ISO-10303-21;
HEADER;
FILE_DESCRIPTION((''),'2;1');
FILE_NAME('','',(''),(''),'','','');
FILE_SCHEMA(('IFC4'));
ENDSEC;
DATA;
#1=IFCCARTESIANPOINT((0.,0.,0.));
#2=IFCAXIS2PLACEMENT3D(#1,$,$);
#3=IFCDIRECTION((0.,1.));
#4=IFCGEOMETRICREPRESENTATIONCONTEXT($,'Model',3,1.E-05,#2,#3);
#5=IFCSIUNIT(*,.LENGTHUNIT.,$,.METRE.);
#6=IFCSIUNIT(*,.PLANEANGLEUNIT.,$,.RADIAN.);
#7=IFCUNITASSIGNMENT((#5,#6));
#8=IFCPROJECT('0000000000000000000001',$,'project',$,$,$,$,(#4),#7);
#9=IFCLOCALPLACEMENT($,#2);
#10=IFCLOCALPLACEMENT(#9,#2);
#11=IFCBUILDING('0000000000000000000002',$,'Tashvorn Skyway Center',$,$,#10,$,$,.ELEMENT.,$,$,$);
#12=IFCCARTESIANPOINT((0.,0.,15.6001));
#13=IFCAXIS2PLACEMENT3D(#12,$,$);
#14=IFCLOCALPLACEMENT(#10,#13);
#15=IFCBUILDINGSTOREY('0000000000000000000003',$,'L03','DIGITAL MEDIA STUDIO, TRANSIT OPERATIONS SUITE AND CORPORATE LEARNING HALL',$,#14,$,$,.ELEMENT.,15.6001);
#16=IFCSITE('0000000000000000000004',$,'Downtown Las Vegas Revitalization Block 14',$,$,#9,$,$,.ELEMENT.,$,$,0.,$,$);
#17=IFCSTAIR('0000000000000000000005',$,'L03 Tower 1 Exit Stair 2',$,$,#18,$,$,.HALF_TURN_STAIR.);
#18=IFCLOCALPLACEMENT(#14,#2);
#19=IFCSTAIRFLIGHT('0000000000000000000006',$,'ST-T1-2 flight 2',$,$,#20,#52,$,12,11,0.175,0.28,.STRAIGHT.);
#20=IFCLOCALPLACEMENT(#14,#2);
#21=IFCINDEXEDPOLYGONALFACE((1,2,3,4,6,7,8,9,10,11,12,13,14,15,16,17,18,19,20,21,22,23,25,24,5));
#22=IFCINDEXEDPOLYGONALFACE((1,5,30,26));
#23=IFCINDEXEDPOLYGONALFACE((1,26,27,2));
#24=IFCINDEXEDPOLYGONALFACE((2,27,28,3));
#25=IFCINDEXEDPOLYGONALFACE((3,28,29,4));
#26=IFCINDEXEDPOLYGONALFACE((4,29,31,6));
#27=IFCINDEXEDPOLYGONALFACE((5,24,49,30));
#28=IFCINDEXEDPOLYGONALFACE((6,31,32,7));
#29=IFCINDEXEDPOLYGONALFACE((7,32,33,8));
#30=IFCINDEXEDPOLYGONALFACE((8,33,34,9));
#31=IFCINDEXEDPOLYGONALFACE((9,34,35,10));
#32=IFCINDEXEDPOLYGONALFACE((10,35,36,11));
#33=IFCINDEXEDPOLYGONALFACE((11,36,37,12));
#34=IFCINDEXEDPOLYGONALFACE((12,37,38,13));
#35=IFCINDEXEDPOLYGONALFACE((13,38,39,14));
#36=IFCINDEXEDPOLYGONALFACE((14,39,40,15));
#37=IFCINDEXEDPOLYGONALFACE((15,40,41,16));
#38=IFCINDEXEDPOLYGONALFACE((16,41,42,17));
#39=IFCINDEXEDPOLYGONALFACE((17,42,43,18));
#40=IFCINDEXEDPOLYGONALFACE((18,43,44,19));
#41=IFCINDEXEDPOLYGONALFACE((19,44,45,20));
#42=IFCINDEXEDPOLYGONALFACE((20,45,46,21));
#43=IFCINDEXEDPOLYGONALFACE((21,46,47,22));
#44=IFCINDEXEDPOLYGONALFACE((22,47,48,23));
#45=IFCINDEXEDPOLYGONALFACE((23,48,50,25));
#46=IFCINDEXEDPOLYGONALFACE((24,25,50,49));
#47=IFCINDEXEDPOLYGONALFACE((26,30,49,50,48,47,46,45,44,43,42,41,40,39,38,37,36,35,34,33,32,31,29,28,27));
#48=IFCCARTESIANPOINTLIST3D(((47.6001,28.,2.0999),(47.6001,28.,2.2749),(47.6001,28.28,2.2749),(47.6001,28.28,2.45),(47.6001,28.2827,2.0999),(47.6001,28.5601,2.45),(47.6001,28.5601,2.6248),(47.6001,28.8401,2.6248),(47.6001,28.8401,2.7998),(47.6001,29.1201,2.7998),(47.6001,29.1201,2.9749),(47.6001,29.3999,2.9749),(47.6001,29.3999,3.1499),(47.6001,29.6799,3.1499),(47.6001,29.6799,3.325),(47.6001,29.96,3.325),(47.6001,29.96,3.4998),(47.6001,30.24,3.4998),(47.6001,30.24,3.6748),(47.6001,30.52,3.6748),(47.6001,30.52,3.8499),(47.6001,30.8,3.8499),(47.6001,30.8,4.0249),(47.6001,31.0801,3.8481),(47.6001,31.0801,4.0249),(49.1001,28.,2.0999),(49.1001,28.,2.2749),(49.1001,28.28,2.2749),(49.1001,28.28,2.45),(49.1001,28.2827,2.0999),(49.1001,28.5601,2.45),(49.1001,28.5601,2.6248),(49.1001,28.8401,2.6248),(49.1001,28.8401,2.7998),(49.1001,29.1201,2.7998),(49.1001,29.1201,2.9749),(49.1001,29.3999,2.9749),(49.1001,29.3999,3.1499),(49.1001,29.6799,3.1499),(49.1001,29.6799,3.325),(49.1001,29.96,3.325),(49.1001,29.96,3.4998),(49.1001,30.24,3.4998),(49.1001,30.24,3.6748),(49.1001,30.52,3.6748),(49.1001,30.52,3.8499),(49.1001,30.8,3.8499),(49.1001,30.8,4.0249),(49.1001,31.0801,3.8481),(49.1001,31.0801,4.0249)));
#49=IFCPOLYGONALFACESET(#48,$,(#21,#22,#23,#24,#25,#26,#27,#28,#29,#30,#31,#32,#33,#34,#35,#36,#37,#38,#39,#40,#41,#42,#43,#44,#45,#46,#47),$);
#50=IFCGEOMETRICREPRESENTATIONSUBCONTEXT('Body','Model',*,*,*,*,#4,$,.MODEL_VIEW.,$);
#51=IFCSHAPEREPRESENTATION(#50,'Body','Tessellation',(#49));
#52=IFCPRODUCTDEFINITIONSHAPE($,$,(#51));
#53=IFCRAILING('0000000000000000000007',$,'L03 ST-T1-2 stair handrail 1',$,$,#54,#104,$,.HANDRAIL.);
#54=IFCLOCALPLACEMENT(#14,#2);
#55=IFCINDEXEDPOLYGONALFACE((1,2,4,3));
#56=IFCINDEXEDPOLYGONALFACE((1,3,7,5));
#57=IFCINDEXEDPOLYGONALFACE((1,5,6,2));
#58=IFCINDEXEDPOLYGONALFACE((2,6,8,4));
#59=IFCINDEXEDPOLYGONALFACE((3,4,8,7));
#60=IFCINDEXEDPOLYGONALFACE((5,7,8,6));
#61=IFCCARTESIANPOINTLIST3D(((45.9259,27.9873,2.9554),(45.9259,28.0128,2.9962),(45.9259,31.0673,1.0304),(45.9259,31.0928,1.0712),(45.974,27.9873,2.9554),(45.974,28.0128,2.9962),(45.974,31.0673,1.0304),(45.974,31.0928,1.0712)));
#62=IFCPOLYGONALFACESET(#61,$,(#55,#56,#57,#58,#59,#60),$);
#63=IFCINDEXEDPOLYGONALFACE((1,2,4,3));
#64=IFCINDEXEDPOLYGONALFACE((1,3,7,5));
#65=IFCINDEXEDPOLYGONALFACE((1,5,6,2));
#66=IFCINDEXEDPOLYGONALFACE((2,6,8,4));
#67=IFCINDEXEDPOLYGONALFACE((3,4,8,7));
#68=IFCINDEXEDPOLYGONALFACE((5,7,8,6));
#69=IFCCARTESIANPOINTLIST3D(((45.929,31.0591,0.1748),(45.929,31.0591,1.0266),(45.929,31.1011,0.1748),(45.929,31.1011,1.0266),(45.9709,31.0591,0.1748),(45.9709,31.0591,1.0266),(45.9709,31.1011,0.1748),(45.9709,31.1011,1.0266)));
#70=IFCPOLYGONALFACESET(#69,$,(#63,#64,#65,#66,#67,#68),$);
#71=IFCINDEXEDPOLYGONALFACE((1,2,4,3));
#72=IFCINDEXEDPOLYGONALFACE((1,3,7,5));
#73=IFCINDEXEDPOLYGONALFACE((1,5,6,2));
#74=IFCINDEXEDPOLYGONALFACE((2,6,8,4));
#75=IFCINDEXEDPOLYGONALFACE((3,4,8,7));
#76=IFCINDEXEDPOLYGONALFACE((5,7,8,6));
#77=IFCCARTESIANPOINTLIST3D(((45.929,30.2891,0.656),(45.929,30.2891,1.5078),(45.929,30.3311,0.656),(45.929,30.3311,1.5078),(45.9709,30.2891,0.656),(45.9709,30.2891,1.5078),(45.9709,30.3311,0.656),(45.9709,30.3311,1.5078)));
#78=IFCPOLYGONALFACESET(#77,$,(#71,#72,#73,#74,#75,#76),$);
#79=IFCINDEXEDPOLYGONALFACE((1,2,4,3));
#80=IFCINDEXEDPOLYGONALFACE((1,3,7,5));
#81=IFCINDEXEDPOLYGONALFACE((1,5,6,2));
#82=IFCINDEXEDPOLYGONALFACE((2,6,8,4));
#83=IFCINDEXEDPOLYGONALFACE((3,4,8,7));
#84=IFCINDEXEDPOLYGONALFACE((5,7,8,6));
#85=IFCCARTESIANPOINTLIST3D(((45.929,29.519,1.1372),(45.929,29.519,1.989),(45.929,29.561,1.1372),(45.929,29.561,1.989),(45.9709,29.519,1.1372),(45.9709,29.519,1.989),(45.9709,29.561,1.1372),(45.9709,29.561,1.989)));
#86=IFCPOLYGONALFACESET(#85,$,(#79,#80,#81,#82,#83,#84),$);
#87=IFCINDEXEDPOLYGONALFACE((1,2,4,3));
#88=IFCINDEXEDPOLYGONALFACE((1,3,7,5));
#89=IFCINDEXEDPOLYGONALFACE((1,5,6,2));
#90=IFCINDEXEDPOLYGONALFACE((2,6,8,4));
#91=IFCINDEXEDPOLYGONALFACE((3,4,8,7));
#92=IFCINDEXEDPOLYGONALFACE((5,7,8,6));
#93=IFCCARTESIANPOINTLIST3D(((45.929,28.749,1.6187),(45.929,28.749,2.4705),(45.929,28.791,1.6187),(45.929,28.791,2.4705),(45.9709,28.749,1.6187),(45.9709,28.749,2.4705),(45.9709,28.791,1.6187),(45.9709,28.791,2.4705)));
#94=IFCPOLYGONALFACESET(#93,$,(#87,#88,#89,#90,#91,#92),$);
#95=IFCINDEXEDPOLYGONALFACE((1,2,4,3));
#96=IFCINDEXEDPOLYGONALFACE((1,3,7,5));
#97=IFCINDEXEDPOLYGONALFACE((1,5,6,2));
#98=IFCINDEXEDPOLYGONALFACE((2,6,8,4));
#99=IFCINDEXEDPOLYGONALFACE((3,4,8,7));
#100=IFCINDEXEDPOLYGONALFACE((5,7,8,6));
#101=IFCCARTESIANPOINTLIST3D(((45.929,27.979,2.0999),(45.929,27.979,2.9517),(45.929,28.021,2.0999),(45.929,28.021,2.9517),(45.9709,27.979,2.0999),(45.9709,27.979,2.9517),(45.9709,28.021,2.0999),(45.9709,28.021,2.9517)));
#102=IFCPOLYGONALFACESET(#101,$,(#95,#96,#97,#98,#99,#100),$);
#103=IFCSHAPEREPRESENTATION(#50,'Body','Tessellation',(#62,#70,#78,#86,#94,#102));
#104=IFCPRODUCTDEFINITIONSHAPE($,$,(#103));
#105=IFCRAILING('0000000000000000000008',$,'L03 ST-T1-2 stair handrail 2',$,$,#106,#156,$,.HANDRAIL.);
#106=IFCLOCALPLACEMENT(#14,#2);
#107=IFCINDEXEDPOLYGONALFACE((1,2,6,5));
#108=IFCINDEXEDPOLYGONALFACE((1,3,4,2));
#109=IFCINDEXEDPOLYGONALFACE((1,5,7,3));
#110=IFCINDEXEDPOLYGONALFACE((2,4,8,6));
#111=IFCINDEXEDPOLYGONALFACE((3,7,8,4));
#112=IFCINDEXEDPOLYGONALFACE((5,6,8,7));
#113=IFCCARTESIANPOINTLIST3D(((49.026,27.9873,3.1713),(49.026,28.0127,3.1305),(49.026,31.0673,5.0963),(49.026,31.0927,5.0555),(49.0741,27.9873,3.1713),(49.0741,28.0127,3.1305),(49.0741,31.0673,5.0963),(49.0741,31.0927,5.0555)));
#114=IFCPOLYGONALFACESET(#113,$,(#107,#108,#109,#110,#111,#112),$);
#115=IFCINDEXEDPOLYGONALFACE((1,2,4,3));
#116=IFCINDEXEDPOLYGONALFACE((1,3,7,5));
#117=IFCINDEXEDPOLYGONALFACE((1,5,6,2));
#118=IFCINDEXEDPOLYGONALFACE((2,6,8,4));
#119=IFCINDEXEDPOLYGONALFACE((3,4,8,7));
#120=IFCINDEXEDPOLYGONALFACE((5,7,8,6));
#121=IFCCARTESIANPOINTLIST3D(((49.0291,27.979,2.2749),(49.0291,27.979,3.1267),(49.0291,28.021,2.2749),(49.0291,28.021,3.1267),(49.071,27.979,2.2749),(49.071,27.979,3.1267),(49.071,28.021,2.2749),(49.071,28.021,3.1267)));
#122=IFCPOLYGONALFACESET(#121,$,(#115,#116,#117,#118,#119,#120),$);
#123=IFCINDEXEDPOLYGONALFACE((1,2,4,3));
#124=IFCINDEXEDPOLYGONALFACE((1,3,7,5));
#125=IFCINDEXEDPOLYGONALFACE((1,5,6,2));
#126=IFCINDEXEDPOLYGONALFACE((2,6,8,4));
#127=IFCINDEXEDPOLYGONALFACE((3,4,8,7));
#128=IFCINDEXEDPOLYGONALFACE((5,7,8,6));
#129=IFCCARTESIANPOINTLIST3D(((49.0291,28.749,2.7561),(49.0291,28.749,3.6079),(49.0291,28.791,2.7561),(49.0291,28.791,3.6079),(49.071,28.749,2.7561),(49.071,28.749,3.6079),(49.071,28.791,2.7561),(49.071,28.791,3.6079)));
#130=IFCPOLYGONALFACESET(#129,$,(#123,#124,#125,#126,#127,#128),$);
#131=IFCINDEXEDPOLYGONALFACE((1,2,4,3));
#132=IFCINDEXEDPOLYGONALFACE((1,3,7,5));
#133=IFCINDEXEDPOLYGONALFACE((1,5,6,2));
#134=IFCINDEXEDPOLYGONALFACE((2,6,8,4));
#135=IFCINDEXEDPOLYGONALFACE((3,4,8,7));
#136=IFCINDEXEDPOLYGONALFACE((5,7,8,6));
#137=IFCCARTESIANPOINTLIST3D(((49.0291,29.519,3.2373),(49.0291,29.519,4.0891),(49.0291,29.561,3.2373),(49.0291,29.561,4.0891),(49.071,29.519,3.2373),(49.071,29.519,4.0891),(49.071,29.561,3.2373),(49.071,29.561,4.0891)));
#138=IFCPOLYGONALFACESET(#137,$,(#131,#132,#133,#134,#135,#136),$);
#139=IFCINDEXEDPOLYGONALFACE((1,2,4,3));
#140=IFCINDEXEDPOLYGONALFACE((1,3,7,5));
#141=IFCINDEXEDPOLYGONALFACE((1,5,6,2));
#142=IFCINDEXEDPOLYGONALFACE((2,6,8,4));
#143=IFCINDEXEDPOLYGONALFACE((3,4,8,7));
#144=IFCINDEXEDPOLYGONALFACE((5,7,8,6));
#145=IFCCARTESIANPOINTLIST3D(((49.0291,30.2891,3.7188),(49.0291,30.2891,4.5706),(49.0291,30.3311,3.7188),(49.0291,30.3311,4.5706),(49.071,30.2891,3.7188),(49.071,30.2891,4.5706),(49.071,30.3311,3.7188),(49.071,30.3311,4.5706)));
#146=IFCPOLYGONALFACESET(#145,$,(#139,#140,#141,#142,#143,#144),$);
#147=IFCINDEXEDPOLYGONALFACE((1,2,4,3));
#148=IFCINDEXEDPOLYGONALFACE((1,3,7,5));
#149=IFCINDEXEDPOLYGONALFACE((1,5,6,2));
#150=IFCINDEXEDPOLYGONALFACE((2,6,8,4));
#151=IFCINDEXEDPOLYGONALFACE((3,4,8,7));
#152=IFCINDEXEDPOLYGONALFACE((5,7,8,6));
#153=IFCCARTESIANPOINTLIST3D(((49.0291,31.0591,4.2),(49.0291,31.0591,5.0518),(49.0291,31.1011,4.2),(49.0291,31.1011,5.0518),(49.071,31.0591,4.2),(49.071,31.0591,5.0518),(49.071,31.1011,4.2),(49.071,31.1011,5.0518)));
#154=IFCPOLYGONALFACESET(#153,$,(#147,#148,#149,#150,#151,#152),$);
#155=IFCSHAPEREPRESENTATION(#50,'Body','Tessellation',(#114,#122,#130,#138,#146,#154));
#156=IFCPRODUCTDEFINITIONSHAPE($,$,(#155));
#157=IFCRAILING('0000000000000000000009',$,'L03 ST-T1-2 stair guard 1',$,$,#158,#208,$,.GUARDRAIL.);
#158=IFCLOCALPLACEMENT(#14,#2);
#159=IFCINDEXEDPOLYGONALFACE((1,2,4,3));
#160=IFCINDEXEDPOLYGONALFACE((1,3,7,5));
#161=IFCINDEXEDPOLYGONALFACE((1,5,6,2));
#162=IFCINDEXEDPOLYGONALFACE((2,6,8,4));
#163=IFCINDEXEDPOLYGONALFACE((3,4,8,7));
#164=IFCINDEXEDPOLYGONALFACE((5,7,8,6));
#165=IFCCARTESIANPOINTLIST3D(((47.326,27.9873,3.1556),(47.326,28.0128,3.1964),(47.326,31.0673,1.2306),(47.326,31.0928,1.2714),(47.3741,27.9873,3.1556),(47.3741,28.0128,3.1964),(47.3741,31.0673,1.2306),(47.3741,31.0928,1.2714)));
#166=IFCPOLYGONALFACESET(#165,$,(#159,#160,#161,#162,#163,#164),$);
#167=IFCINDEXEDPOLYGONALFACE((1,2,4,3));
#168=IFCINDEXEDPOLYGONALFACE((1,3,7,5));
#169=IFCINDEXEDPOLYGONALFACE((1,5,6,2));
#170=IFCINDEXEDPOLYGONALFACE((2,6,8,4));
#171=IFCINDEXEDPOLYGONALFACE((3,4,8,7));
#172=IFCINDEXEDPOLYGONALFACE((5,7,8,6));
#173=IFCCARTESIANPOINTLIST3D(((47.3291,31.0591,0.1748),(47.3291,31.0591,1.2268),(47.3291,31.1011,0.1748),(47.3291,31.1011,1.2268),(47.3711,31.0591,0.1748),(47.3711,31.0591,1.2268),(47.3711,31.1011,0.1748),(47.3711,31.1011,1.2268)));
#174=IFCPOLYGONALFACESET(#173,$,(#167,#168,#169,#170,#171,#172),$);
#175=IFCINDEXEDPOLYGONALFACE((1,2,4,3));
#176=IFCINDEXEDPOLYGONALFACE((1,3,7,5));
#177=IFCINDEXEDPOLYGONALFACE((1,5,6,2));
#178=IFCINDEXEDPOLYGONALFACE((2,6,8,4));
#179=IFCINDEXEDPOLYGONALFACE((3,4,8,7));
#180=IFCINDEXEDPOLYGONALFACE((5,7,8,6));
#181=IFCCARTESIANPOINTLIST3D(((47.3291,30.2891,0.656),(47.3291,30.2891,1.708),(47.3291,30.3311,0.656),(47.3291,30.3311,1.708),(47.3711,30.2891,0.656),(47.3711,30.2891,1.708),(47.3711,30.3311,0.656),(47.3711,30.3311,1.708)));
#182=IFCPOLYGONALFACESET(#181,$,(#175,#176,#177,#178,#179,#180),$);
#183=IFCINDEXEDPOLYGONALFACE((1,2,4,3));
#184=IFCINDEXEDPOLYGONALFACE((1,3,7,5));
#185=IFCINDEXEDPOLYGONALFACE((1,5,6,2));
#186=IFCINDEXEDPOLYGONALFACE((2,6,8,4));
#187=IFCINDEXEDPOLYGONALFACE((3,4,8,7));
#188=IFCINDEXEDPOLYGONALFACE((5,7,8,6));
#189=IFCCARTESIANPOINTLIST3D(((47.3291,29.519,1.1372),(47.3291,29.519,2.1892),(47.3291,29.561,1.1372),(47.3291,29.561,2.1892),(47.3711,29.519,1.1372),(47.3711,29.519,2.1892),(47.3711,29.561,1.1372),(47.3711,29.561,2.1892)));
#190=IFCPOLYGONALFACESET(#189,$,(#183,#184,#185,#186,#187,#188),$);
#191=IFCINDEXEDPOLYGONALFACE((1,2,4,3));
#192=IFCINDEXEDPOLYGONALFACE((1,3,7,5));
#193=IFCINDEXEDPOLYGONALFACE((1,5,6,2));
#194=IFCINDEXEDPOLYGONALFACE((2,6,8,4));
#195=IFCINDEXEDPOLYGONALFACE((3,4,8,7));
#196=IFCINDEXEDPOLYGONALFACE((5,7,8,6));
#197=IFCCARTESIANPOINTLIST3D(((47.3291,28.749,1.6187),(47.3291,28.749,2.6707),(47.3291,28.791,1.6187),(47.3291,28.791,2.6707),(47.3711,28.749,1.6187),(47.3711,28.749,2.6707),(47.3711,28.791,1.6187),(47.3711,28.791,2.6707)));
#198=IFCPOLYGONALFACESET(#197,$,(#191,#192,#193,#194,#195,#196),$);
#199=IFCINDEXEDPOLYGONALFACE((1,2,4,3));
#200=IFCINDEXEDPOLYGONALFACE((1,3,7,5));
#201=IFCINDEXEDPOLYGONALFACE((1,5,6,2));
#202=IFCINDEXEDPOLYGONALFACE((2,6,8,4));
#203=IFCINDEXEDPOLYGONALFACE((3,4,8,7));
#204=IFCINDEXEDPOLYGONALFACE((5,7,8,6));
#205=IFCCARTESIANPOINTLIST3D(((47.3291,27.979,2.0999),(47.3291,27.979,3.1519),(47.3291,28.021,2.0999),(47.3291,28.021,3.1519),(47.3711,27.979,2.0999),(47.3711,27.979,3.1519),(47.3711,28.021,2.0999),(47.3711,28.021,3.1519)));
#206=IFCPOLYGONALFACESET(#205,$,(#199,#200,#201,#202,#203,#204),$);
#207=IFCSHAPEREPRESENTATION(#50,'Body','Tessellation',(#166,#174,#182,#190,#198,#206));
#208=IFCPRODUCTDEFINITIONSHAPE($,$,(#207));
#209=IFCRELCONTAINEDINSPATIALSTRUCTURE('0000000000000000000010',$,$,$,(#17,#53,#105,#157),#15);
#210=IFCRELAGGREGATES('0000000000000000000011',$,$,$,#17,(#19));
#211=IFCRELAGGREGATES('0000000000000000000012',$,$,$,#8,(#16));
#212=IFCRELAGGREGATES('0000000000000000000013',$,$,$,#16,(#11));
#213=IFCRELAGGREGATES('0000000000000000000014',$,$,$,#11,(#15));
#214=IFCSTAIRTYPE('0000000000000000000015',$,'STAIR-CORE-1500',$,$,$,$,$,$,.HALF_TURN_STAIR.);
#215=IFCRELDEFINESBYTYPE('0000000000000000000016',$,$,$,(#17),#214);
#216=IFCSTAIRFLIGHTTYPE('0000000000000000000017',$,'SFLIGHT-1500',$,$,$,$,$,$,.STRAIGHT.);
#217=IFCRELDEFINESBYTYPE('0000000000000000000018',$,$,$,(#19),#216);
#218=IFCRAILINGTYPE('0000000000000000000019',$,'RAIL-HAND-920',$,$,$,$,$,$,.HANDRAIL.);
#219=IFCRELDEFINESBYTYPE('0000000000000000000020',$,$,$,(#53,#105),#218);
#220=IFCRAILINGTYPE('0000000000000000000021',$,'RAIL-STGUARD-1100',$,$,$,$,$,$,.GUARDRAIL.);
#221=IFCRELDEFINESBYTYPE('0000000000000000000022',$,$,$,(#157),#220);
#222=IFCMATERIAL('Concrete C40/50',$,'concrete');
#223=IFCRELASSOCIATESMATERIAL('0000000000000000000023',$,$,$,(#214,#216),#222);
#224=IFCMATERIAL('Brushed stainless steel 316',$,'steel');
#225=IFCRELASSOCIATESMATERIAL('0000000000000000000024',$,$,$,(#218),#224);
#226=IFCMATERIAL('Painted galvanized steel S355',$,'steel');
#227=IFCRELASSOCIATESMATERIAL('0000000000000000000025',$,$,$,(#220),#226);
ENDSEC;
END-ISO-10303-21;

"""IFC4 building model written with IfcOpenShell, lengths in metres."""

from ifc_helpers import new_model, si_unit, direction, frame, origin, origin_2d, place, context, subcontext, project, spatial, polyline, rectangle, outline, extrude, material, type_object, element, aggregate, save


model = new_model("IFC4")

# Units and contexts
model_context = context("Model", 3, precision=1e-05, world=origin(), true_north=direction((0.0, 1.0)))
body_context = subcontext(model_context, "Body", "Model", "MODEL_VIEW")
ifc_project = project(units=[si_unit("LENGTHUNIT", "METRE"), si_unit("PLANEANGLEUNIT", "RADIAN")], contexts=[model_context])

# Site, building, storey
site_placement = place(None, origin())
site = spatial("IfcSite", under=ifc_project, at=site_placement, Name="Downtown Las Vegas Revitalization Block 14", CompositionType="ELEMENT", RefElevation=0.0)
building_placement = place(site_placement, origin())
building = spatial("IfcBuilding", under=site, at=building_placement, Name="Tashvorn Skyway Center", CompositionType="ELEMENT")
storey_placement = place(building_placement, frame((0.0, 0.0, 15.6001)))
storey = spatial("IfcBuildingStorey", under=building, at=storey_placement, Name="L03", Description="DIGITAL MEDIA STUDIO, TRANSIT OPERATIONS SUITE AND CORPORATE LEARNING HALL", CompositionType="ELEMENT", Elevation=15.6001)

# Shared definitions
ifc_material_1 = material(Name="Concrete C40/50", Category="concrete")

# Stair, stair flight
stair_type = type_object("IfcStairType", Name="STAIR-CORE-1500", PredefinedType="HALF_TURN_STAIR", material=ifc_material_1)
stair_placement = place(storey_placement, origin())
stair = element("IfcStair", 1, at=stair_placement, inside=storey, type_object=stair_type, Name="L03 Tower 1 Exit Stair 2", PredefinedType="HALF_TURN_STAIR")
stair_flight_type = type_object("IfcStairFlightType", Name="SFLIGHT-1500", PredefinedType="STRAIGHT", material=ifc_material_1)
stair_flight_1_placement = place(storey_placement, frame((48.3501, 28.0, 2.0999), z_axis=(0.0, 0.0, 1.0), x_axis=(0.0, 1.0, 0.0)))
stair_flight_1 = element("IfcStairFlight", 2, at=stair_flight_1_placement, type_object=stair_flight_type, Name="ST-T1-2 flight 2", NumberOfRisers=12, NumberOfTreads=11, PredefinedType="STRAIGHT", RiserHeight=0.175, TreadLength=0.28, context=body_context, shape_type="SweptSolid", body=[
    extrude(outline(polyline([(0.0, 0.0), (0.0, 0.175), (0.28, 0.175), (0.28, 0.3501), (0.5601, 0.3501), (0.5601, 0.5249), (0.8401, 0.5249), (0.8401, 0.7), (1.1201, 0.7), (1.1201, 0.875), (1.3999, 0.875), (1.3999, 1.05), (1.6799, 1.05), (1.6799, 1.2251), (1.96, 1.2251), (1.96, 1.3999), (2.24, 1.3999), (2.24, 1.575), (2.52, 1.575), (2.52, 1.75), (2.8, 1.75), (2.8, 1.925), (3.0801, 1.925), (3.0801, 2.1001), (3.0801, 1.7483), (0.2827, 0.0), (0.0, 0.0)])), frame((0.0, 0.75, 0.0), z_axis=(0.0, -1.0, 0.0), x_axis=(1.0, 0.0, 0.0)), (0.0, 0.0, 1.0), 1.5),
])
aggregate(stair, [stair_flight_1])

# Railings
ifc_material_2 = material(Name="Brushed stainless steel 316", Category="steel")
railing_type_1 = type_object("IfcRailingType", Name="RAIL-HAND-920", PredefinedType="HANDRAIL", material=ifc_material_2)
railing_1_placement = place(storey_placement, frame((45.95, 31.0801, 0.1748)))
element("IfcRailing", 3, at=railing_1_placement, inside=storey, type_object=railing_type_1, Name="L03 ST-T1-2 stair handrail 1", PredefinedType="HANDRAIL", context=body_context, shape_type="SweptSolid", body=[
    extrude(rectangle(XDim=0.0481, YDim=0.0481, at=origin_2d()), frame((0.0, 0.0, 0.876), z_axis=(0.0, -0.847998, 0.529999), x_axis=(1.0, 0.0, 0.0)), (0.0, 0.0, 1.0), 3.6321),
    extrude(rectangle(XDim=0.042, YDim=0.042, at=origin_2d()), origin(), (0.0, 0.0, 1.0), 0.8518),
    extrude(rectangle(XDim=0.042, YDim=0.042, at=origin_2d()), frame((0.0, -0.77, 0.4812)), (0.0, 0.0, 1.0), 0.8518),
    extrude(rectangle(XDim=0.042, YDim=0.042, at=origin_2d()), frame((0.0, -1.54, 0.9624)), (0.0, 0.0, 1.0), 0.8518),
    extrude(rectangle(XDim=0.042, YDim=0.042, at=origin_2d()), frame((0.0, -2.3101, 1.4438)), (0.0, 0.0, 1.0), 0.8518),
    extrude(rectangle(XDim=0.042, YDim=0.042, at=origin_2d()), frame((0.0, -3.0801, 1.925)), (0.0, 0.0, 1.0), 0.8518),
])
railing_2_placement = place(storey_placement, frame((49.05, 28.0, 2.2749)))
element("IfcRailing", 4, at=railing_2_placement, inside=storey, type_object=railing_type_1, Name="L03 ST-T1-2 stair handrail 2", PredefinedType="HANDRAIL", context=body_context, shape_type="SweptSolid", body=[
    extrude(rectangle(XDim=0.0481, YDim=0.0481, at=origin_2d()), frame((0.0, 0.0, 0.876), z_axis=(0.0, 0.847998, 0.529999), x_axis=(-1.0, 0.0, 0.0)), (0.0, 0.0, 1.0), 3.6321),
    extrude(rectangle(XDim=0.042, YDim=0.042, at=origin_2d()), origin(), (0.0, 0.0, 1.0), 0.8518),
    extrude(rectangle(XDim=0.042, YDim=0.042, at=origin_2d()), frame((0.0, 0.77, 0.4812)), (0.0, 0.0, 1.0), 0.8518),
    extrude(rectangle(XDim=0.042, YDim=0.042, at=origin_2d()), frame((0.0, 1.54, 0.9624)), (0.0, 0.0, 1.0), 0.8518),
    extrude(rectangle(XDim=0.042, YDim=0.042, at=origin_2d()), frame((0.0, 2.3101, 1.4438)), (0.0, 0.0, 1.0), 0.8518),
    extrude(rectangle(XDim=0.042, YDim=0.042, at=origin_2d()), frame((0.0, 3.0801, 1.925)), (0.0, 0.0, 1.0), 0.8518),
])
ifc_material_3 = material(Name="Painted galvanized steel S355", Category="steel")
railing_type_2 = type_object("IfcRailingType", Name="RAIL-STGUARD-1100", PredefinedType="GUARDRAIL", material=ifc_material_3)
railing_3_placement = place(storey_placement, frame((47.3501, 31.0801, 0.1748)))
element("IfcRailing", 5, at=railing_3_placement, inside=storey, type_object=railing_type_2, Name="L03 ST-T1-2 stair guard 1", PredefinedType="GUARDRAIL", context=body_context, shape_type="SweptSolid", body=[
    extrude(rectangle(XDim=0.0481, YDim=0.0481, at=origin_2d()), frame((0.0, 0.0, 1.0762), z_axis=(0.0, -0.847998, 0.529999), x_axis=(1.0, 0.0, 0.0)), (0.0, 0.0, 1.0), 3.6321),
    extrude(rectangle(XDim=0.042, YDim=0.042, at=origin_2d()), origin(), (0.0, 0.0, 1.0), 1.052),
    extrude(rectangle(XDim=0.042, YDim=0.042, at=origin_2d()), frame((0.0, -0.77, 0.4812)), (0.0, 0.0, 1.0), 1.052),
    extrude(rectangle(XDim=0.042, YDim=0.042, at=origin_2d()), frame((0.0, -1.54, 0.9624)), (0.0, 0.0, 1.0), 1.052),
    extrude(rectangle(XDim=0.042, YDim=0.042, at=origin_2d()), frame((0.0, -2.3101, 1.4438)), (0.0, 0.0, 1.0), 1.052),
    extrude(rectangle(XDim=0.042, YDim=0.042, at=origin_2d()), frame((0.0, -3.0801, 1.925)), (0.0, 0.0, 1.0), 1.052),
])

save(model, "model.ifc")
